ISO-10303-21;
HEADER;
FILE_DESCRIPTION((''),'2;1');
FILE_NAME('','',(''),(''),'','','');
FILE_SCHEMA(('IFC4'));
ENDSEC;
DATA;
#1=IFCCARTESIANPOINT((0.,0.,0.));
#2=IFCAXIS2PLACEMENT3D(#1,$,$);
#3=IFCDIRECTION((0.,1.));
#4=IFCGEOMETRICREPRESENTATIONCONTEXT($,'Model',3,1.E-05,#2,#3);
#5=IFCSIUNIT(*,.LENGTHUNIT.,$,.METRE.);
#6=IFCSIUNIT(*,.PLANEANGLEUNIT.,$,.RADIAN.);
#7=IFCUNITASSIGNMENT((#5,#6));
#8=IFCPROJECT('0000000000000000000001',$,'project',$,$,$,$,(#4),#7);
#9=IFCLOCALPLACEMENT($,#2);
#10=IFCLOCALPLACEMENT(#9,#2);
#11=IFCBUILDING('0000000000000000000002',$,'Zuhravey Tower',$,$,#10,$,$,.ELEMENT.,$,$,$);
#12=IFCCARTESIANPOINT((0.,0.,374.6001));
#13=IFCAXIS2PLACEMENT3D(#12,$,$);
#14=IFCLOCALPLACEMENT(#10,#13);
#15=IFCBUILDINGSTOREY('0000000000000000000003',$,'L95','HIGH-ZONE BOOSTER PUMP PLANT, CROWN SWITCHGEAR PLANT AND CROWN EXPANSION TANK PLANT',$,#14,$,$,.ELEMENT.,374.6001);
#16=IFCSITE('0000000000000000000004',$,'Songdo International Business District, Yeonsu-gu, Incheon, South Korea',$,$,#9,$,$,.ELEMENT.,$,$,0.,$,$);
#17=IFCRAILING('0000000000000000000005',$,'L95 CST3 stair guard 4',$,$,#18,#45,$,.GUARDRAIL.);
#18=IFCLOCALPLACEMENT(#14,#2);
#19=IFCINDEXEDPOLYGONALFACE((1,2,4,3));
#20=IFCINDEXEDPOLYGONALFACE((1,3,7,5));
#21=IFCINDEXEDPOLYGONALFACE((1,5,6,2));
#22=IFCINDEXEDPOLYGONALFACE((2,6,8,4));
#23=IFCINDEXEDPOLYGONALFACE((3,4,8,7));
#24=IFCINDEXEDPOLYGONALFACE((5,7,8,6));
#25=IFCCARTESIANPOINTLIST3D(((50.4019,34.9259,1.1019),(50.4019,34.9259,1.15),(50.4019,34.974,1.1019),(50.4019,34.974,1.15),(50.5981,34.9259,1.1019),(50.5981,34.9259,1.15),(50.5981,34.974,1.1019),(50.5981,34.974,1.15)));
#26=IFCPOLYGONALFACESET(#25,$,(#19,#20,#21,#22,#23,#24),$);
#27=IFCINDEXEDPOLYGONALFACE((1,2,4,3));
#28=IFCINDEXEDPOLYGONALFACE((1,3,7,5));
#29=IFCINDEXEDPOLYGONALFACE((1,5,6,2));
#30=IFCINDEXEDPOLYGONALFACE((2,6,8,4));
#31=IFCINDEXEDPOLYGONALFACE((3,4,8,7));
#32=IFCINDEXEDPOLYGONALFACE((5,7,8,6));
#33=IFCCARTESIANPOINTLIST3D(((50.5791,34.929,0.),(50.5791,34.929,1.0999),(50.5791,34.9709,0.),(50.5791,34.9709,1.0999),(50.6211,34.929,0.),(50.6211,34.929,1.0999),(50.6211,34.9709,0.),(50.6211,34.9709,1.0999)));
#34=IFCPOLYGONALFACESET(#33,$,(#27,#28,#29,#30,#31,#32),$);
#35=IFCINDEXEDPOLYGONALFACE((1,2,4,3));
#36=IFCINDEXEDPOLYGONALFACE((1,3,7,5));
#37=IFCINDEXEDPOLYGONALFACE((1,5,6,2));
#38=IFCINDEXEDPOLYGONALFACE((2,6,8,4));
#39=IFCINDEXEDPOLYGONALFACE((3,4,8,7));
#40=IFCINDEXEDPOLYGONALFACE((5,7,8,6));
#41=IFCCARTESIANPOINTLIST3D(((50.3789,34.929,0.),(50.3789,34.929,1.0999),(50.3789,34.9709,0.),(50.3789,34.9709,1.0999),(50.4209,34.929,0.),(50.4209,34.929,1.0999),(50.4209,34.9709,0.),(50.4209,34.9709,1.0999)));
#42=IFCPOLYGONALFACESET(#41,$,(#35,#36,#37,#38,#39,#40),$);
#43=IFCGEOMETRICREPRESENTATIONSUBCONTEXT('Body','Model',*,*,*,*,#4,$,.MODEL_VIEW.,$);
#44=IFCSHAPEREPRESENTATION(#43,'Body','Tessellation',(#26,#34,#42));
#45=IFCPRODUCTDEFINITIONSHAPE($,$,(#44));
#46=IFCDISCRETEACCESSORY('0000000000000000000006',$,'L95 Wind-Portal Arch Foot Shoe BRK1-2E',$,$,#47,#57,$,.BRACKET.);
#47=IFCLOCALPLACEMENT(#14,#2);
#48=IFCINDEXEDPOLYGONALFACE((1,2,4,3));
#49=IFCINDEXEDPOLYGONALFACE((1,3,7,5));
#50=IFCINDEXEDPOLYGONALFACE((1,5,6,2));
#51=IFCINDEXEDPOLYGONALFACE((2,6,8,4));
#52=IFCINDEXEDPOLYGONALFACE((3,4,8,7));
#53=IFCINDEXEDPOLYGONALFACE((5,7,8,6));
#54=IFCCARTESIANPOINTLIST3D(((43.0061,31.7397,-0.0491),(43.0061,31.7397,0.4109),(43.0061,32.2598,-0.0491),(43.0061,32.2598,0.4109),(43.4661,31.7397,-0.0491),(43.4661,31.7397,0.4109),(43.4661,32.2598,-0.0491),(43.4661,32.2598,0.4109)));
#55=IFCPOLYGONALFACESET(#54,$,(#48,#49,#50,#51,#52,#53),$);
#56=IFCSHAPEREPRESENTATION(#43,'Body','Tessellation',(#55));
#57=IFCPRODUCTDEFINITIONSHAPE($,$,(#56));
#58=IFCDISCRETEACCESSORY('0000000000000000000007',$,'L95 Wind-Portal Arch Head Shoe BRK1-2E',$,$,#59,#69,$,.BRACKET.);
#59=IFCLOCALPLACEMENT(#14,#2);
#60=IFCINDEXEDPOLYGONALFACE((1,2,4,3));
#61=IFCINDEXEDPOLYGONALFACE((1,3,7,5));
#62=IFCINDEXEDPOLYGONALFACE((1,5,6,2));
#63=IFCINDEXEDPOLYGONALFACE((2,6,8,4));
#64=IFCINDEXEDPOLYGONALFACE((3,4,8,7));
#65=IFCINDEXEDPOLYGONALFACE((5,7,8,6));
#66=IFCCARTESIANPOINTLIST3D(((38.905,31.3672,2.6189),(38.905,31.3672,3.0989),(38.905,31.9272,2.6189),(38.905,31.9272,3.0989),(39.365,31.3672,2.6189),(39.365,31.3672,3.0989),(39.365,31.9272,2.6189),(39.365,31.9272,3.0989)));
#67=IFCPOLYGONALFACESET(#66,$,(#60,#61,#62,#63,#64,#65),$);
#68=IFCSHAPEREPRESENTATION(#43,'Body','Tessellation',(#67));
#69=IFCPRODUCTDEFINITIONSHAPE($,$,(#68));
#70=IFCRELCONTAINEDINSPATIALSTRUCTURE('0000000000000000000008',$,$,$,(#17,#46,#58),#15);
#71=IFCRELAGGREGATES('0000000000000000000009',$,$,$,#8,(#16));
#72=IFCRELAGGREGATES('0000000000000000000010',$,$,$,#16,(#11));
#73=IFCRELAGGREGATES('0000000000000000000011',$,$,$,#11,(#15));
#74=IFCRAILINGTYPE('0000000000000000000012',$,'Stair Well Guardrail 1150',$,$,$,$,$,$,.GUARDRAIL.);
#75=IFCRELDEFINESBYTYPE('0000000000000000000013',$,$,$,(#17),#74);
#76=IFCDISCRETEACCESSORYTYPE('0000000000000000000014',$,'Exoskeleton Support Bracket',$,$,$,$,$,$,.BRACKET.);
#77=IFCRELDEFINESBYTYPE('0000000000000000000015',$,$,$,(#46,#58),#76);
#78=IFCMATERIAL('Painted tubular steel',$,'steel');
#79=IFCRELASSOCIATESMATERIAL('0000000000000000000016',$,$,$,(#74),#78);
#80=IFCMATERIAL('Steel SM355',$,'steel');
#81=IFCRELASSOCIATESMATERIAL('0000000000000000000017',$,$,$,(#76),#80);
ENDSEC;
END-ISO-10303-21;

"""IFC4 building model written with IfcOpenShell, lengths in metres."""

from ifc_helpers import new_model, si_unit, direction, frame, origin, origin_2d, place, context, subcontext, project, spatial, rectangle, extrude, material, type_object, element, save


model = new_model("IFC4")

# Units and contexts
model_context = context("Model", 3, precision=1e-05, world=origin(), true_north=direction((0.0, 1.0)))
body_context = subcontext(model_context, "Body", "Model", "MODEL_VIEW")
ifc_project = project(units=[si_unit("LENGTHUNIT", "METRE"), si_unit("PLANEANGLEUNIT", "RADIAN")], contexts=[model_context])

# Site, building, storey
site_placement = place(None, origin())
site = spatial("IfcSite", under=ifc_project, at=site_placement, Name="Songdo International Business District, Yeonsu-gu, Incheon, South Korea", CompositionType="ELEMENT", RefElevation=0.0)
building_placement = place(site_placement, origin())
building = spatial("IfcBuilding", under=site, at=building_placement, Name="Zuhravey Tower", CompositionType="ELEMENT")
storey_placement = place(building_placement, frame((0.0, 0.0, 374.6001)))
storey = spatial("IfcBuildingStorey", under=building, at=storey_placement, Name="L95", Description="HIGH-ZONE BOOSTER PUMP PLANT, CROWN SWITCHGEAR PLANT AND CROWN EXPANSION TANK PLANT", CompositionType="ELEMENT", Elevation=374.6001)

# Shared definitions
ifc_material_1 = material(Name="Steel SM355", Category="steel")

# Railing
ifc_material_2 = material(Name="Painted tubular steel", Category="steel")
railing_type_1 = type_object("IfcRailingType", Name="Stair Well Guardrail 1150", PredefinedType="GUARDRAIL", material=ifc_material_2)
railing_1_placement = place(storey_placement, frame((50.6001, 34.95, 0.0)))
element("IfcRailing", 1, at=railing_1_placement, inside=storey, type_object=railing_type_1, Name="L95 CST3 stair guard 4", PredefinedType="GUARDRAIL", context=body_context, shape_type="SweptSolid", body=[
    extrude(rectangle(XDim=0.0481, YDim=0.0481, at=origin_2d()), frame((-0.002, 0.0, 1.126), z_axis=(-1.0, 0.0, 0.0), x_axis=(0.0, -1.0, 0.0)), (0.0, 0.0, 1.0), 0.1963),
    extrude(rectangle(XDim=0.042, YDim=0.042, at=origin_2d()), origin(), (0.0, 0.0, 1.0), 1.0999),
    extrude(rectangle(XDim=0.042, YDim=0.042, at=origin_2d()), frame((-0.2002, 0.0, 0.0)), (0.0, 0.0, 1.0), 1.0999),
])

# Discrete accessories
discrete_accessory_type = type_object("IfcDiscreteAccessoryType", Name="Exoskeleton Support Bracket", PredefinedType="BRACKET", material=ifc_material_1)
discrete_accessory_1_placement = place(storey_placement, frame((43.2361, 31.9998, -0.0491), z_axis=(0.0, 0.0, 1.0), x_axis=(1.0, 0.0, 0.0)))
element("IfcDiscreteAccessory", 2, at=discrete_accessory_1_placement, inside=storey, type_object=discrete_accessory_type, Name="L95 Wind-Portal Arch Foot Shoe BRK1-2E", PredefinedType="BRACKET", context=body_context, shape_type="SweptSolid", body=[
    extrude(rectangle(XDim=0.46, YDim=0.52, at=origin_2d()), origin(), (0.0, 0.0, 1.0), 0.46),
])
discrete_accessory_2_placement = place(storey_placement, frame((39.135, 31.6472, 2.6189), z_axis=(0.0, 0.0, 1.0), x_axis=(1.0, 0.0, 0.0)))
element("IfcDiscreteAccessory", 3, at=discrete_accessory_2_placement, inside=storey, type_object=discrete_accessory_type, Name="L95 Wind-Portal Arch Head Shoe BRK1-2E", PredefinedType="BRACKET", context=body_context, shape_type="SweptSolid", body=[
    extrude(rectangle(XDim=0.46, YDim=0.5601, at=origin_2d()), origin(), (0.0, 0.0, 1.0), 0.48),
])

save(model, "model.ifc")
